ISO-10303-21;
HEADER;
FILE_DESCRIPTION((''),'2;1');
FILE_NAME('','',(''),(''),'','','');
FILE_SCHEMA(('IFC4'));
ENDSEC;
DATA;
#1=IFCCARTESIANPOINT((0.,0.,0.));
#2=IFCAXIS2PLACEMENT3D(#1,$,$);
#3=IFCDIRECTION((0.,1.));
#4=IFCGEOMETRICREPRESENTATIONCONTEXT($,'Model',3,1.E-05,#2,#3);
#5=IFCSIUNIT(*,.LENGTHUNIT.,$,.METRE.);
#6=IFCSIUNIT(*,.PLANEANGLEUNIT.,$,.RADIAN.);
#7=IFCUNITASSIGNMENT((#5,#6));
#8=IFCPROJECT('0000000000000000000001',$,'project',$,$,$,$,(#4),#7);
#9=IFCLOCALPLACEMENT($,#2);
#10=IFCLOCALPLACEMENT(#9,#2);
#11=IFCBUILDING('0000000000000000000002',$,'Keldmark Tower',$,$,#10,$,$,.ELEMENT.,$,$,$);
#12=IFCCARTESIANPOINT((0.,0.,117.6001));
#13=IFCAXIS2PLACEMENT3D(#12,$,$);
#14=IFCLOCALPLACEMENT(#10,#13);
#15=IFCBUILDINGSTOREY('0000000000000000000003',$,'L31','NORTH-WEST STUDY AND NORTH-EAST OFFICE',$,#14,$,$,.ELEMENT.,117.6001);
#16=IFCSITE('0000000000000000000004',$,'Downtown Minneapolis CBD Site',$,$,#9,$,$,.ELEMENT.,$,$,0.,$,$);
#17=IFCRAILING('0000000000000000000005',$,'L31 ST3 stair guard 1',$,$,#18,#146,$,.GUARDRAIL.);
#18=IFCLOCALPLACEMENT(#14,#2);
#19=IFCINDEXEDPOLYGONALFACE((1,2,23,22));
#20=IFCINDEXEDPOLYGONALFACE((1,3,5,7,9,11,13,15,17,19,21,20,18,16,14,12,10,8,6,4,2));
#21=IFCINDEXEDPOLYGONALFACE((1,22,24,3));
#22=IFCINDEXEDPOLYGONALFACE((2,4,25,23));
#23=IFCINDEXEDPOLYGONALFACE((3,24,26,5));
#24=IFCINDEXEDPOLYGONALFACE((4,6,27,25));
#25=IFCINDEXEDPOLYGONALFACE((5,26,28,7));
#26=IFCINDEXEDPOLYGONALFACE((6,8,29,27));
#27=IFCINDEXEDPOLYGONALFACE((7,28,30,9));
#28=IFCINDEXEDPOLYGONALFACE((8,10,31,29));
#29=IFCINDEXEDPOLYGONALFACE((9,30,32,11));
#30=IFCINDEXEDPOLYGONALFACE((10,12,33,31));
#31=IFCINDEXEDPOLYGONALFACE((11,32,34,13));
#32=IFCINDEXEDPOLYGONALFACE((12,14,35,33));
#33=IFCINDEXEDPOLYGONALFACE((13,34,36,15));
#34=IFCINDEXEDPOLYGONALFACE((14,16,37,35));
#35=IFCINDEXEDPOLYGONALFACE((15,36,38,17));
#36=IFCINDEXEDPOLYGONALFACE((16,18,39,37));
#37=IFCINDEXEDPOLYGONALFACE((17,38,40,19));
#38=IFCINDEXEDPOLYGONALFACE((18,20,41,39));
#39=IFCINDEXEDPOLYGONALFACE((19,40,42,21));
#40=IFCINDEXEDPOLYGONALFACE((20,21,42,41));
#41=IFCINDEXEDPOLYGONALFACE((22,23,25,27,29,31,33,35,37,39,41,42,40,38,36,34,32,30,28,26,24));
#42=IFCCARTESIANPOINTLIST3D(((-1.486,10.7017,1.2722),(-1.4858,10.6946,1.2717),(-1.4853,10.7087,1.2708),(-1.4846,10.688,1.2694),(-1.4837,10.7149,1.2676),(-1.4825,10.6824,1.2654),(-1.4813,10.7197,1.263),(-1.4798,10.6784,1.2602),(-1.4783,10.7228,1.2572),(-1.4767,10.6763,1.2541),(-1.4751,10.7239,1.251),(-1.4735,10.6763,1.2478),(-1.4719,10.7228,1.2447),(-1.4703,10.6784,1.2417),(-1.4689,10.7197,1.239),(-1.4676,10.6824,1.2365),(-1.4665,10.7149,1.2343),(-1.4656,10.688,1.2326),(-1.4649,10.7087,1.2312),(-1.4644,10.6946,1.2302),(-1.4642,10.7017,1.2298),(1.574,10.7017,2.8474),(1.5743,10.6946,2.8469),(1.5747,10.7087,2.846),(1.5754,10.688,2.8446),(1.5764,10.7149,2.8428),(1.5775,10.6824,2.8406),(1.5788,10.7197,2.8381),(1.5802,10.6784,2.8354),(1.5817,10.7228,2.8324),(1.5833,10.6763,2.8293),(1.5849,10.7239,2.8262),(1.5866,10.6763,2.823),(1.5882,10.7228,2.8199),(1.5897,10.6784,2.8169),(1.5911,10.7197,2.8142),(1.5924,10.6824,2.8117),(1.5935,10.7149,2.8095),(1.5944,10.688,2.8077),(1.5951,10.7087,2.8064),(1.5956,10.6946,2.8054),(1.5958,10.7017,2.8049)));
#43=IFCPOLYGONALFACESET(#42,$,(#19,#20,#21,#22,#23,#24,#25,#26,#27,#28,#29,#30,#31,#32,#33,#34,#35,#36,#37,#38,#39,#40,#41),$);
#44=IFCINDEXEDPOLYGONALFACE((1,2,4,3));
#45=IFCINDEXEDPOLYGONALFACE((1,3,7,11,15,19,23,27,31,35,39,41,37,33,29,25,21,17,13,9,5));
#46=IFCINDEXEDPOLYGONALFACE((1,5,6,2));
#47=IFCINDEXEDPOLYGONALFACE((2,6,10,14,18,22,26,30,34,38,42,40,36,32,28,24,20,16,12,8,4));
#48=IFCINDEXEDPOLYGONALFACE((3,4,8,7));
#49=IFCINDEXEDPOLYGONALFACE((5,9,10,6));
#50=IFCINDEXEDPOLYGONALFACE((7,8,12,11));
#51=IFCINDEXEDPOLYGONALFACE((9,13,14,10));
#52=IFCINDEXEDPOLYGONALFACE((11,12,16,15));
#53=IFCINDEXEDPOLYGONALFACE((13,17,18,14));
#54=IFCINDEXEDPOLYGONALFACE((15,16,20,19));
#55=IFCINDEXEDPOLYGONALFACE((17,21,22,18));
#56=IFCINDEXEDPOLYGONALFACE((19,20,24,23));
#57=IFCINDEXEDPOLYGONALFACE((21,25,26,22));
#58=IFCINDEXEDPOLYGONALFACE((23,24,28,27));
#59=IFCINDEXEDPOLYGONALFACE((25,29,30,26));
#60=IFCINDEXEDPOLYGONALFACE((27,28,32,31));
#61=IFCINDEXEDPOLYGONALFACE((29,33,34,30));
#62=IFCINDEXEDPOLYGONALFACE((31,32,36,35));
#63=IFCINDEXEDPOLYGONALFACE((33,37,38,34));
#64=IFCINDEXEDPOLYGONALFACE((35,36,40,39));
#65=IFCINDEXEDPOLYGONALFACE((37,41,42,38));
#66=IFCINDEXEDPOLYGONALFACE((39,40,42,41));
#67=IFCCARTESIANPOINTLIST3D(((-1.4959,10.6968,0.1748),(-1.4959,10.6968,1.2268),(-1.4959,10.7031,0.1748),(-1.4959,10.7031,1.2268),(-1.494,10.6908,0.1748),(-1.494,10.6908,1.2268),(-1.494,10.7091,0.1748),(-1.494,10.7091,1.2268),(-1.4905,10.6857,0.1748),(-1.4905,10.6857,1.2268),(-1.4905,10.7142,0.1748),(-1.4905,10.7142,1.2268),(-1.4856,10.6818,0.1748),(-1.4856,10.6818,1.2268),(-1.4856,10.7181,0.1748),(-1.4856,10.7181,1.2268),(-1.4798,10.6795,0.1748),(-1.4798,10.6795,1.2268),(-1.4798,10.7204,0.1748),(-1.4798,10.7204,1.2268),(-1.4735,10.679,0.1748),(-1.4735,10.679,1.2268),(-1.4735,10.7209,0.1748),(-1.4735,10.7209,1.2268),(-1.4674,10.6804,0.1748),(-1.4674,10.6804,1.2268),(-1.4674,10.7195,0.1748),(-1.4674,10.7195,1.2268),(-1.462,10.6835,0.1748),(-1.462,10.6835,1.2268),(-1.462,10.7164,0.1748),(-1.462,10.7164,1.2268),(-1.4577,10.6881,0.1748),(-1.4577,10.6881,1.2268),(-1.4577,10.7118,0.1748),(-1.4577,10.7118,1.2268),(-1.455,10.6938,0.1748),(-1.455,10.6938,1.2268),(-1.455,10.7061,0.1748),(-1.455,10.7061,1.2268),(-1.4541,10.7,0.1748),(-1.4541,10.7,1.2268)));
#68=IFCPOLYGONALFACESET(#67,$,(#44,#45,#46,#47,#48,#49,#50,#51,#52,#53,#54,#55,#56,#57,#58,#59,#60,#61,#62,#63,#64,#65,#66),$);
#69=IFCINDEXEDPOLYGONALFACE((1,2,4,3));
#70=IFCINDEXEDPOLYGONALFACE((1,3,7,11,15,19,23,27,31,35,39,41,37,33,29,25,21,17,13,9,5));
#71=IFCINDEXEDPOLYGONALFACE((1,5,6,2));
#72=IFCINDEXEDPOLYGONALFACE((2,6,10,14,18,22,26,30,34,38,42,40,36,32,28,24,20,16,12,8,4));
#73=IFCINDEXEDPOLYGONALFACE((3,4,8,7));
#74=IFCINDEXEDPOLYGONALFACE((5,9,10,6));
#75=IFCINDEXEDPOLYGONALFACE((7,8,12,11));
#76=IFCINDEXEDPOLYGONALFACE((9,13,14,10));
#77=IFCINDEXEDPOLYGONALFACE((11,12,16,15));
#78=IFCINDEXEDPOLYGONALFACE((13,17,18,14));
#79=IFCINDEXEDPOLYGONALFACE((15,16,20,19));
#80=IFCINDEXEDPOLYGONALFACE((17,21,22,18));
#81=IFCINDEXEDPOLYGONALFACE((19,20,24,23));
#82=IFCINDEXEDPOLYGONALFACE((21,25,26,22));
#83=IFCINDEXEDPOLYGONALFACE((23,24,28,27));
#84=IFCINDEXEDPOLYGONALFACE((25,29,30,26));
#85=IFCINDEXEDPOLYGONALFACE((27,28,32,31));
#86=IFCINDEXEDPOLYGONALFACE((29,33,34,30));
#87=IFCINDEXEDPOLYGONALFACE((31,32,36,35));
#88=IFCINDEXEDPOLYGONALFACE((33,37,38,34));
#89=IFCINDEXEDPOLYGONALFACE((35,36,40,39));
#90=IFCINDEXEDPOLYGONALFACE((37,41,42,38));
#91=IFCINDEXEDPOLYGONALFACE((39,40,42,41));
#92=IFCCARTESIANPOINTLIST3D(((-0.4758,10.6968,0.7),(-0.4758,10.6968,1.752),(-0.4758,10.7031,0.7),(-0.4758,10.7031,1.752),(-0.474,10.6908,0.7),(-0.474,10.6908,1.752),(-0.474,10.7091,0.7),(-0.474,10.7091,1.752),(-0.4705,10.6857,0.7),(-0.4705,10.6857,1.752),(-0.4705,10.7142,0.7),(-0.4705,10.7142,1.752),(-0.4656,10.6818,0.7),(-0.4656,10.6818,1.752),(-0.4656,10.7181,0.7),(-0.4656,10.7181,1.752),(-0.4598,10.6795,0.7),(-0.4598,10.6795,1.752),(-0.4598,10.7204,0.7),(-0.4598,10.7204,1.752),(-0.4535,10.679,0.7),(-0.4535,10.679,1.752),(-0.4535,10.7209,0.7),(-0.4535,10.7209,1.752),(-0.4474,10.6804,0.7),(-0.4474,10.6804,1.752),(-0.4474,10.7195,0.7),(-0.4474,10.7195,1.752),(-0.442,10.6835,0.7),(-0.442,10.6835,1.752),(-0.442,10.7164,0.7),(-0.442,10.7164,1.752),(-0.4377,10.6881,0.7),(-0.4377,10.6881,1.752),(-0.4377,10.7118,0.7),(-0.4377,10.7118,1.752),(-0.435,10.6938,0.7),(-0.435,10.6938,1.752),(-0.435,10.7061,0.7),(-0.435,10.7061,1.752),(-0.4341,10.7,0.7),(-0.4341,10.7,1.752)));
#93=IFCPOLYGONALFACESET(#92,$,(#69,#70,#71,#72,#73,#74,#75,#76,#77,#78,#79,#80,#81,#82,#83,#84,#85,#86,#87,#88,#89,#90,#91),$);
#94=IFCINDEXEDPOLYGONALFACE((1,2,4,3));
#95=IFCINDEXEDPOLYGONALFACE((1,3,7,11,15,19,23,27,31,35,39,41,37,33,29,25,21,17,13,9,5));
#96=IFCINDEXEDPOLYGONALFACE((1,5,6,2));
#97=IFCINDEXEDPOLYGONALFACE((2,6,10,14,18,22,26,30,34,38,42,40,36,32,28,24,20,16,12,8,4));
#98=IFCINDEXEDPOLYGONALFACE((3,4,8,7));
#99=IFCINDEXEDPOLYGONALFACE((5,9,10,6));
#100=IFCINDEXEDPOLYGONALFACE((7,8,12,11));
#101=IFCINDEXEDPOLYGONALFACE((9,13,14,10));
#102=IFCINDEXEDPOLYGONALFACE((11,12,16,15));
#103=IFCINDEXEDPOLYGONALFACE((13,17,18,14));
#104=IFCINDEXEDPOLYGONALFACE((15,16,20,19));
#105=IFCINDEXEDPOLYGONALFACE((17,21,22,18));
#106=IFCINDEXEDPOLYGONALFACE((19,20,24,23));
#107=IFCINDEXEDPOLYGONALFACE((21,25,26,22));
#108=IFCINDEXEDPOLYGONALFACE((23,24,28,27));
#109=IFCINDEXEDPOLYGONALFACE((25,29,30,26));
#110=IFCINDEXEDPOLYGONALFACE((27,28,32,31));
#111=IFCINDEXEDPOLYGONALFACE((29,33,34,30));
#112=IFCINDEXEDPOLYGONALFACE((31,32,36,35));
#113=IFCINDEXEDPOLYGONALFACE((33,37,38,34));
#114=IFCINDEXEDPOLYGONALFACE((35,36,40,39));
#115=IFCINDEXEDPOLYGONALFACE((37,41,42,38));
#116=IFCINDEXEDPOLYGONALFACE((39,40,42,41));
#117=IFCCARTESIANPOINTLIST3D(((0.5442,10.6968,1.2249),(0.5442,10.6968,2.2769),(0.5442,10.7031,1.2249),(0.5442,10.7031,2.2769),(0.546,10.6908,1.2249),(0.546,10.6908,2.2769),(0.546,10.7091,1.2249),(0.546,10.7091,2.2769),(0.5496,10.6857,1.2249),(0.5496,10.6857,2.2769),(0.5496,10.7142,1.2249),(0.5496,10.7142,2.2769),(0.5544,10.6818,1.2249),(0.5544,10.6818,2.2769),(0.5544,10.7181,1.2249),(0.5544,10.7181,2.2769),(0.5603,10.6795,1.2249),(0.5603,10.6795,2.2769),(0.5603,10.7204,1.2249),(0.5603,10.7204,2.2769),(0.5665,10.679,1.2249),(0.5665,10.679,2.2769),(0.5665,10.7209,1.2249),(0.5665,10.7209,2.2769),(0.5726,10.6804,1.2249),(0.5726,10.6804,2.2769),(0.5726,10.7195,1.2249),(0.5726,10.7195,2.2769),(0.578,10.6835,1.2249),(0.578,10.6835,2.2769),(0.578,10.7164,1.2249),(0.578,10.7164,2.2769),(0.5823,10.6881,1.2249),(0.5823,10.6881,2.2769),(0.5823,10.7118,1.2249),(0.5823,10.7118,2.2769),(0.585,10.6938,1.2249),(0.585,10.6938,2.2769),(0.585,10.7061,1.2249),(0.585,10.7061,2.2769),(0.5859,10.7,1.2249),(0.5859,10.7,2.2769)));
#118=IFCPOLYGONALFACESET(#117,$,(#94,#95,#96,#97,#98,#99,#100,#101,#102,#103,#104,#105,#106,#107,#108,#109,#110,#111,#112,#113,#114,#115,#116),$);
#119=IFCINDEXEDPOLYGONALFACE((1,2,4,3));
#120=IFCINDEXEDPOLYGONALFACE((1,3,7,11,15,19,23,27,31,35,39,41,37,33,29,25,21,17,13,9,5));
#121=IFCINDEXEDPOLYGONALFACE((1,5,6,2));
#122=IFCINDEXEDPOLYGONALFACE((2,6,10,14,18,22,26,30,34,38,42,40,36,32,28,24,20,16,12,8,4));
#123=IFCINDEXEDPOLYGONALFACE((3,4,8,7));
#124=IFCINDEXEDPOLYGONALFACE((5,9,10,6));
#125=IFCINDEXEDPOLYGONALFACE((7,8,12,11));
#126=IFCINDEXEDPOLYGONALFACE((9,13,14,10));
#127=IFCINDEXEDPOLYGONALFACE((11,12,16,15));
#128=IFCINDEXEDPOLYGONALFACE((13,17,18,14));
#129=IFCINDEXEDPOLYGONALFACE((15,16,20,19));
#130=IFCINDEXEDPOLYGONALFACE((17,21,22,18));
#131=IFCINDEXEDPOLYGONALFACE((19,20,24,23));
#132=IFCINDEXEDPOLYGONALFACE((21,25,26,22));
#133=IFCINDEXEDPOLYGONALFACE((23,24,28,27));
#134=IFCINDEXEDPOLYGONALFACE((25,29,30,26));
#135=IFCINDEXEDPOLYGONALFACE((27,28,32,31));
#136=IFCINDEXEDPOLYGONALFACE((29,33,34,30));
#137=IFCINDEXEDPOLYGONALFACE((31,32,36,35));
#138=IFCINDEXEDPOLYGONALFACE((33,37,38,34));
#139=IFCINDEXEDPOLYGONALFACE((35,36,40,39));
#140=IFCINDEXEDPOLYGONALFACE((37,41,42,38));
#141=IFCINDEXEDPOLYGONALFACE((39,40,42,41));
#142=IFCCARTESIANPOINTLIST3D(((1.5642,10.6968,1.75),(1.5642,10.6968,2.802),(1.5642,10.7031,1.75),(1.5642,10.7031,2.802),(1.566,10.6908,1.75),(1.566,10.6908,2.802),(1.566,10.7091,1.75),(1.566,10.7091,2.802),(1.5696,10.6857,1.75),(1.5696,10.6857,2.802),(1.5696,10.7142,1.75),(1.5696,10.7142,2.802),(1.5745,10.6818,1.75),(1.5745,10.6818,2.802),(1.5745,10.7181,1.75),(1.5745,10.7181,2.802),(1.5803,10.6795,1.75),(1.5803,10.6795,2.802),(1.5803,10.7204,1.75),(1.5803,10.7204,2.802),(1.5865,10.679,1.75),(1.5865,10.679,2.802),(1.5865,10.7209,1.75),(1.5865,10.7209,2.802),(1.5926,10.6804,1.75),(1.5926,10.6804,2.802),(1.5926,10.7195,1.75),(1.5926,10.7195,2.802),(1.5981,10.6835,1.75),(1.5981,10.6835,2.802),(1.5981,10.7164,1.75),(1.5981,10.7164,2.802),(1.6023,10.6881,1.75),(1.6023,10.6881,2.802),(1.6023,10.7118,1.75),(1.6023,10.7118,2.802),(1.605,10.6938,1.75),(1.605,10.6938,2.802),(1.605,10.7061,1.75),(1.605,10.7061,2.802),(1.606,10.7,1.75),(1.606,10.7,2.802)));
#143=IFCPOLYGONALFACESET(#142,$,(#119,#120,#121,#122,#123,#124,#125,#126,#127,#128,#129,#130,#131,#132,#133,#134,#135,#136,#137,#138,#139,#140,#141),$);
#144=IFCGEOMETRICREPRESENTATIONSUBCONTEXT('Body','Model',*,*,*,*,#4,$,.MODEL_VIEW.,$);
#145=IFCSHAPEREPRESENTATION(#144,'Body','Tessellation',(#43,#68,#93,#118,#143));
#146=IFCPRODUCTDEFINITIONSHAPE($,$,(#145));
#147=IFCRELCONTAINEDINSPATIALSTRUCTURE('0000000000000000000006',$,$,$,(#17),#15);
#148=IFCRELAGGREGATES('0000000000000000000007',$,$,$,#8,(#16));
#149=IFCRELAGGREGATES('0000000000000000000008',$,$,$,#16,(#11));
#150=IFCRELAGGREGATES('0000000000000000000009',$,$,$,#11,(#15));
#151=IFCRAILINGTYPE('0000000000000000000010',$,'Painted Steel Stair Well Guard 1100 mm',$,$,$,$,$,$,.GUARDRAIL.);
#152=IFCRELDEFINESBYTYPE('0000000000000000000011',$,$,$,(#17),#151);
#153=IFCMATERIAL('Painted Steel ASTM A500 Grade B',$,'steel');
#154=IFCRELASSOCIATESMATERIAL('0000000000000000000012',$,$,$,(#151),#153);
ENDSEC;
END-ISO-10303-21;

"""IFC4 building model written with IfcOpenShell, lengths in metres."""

from ifc_helpers import new_model, si_unit, direction, frame, origin, origin_2d, place, context, subcontext, project, spatial, circle, extrude, material, type_object, element, save


model = new_model("IFC4")

# Units and contexts
model_context = context("Model", 3, precision=1e-05, world=origin(), true_north=direction((0.0, 1.0)))
body_context = subcontext(model_context, "Body", "Model", "MODEL_VIEW")
ifc_project = project(units=[si_unit("LENGTHUNIT", "METRE"), si_unit("PLANEANGLEUNIT", "RADIAN")], contexts=[model_context])

# Site, building, storey
site_placement = place(None, origin())
site = spatial("IfcSite", under=ifc_project, at=site_placement, Name="Downtown Minneapolis CBD Site", CompositionType="ELEMENT", RefElevation=0.0)
building_placement = place(site_placement, origin())
building = spatial("IfcBuilding", under=site, at=building_placement, Name="Keldmark Tower", CompositionType="ELEMENT")
storey_placement = place(building_placement, frame((0.0, 0.0, 117.6001)))
storey = spatial("IfcBuildingStorey", under=building, at=storey_placement, Name="L31", Description="NORTH-WEST STUDY AND NORTH-EAST OFFICE", CompositionType="ELEMENT", Elevation=117.6001)

# Railing
ifc_material_1 = material(Name="Painted Steel ASTM A500 Grade B", Category="steel")
railing_type_1 = type_object("IfcRailingType", Name="Painted Steel Stair Well Guard 1100 mm", PredefinedType="GUARDRAIL", material=ifc_material_1)
railing_1_placement = place(storey_placement, frame((-1.4751, 10.7, 0.1748)))
element("IfcRailing", 1, at=railing_1_placement, inside=storey, type_object=railing_type_1, Name="L31 ST3 stair guard 1", PredefinedType="GUARDRAIL", context=body_context, shape_type="SweptSolid", body=[
    extrude(circle(Radius=0.0239, at=origin_2d()), frame((0.0, 0.0, 1.0762), z_axis=(0.889116, 0.0, 0.457681), x_axis=(0.0, 1.0, 0.0)), (0.0, 0.0, 1.0), 3.4417),
    extrude(circle(Radius=0.021, at=origin_2d()), origin(), (0.0, 0.0, 1.0), 1.052),
    extrude(circle(Radius=0.021, at=origin_2d()), frame((1.02, 0.0, 0.5251)), (0.0, 0.0, 1.0), 1.052),
    extrude(circle(Radius=0.021, at=origin_2d()), frame((2.04, 0.0, 1.05)), (0.0, 0.0, 1.0), 1.052),
    extrude(circle(Radius=0.021, at=origin_2d()), frame((3.0601, 0.0, 1.5752)), (0.0, 0.0, 1.0), 1.052),
])

save(model, "model.ifc")
